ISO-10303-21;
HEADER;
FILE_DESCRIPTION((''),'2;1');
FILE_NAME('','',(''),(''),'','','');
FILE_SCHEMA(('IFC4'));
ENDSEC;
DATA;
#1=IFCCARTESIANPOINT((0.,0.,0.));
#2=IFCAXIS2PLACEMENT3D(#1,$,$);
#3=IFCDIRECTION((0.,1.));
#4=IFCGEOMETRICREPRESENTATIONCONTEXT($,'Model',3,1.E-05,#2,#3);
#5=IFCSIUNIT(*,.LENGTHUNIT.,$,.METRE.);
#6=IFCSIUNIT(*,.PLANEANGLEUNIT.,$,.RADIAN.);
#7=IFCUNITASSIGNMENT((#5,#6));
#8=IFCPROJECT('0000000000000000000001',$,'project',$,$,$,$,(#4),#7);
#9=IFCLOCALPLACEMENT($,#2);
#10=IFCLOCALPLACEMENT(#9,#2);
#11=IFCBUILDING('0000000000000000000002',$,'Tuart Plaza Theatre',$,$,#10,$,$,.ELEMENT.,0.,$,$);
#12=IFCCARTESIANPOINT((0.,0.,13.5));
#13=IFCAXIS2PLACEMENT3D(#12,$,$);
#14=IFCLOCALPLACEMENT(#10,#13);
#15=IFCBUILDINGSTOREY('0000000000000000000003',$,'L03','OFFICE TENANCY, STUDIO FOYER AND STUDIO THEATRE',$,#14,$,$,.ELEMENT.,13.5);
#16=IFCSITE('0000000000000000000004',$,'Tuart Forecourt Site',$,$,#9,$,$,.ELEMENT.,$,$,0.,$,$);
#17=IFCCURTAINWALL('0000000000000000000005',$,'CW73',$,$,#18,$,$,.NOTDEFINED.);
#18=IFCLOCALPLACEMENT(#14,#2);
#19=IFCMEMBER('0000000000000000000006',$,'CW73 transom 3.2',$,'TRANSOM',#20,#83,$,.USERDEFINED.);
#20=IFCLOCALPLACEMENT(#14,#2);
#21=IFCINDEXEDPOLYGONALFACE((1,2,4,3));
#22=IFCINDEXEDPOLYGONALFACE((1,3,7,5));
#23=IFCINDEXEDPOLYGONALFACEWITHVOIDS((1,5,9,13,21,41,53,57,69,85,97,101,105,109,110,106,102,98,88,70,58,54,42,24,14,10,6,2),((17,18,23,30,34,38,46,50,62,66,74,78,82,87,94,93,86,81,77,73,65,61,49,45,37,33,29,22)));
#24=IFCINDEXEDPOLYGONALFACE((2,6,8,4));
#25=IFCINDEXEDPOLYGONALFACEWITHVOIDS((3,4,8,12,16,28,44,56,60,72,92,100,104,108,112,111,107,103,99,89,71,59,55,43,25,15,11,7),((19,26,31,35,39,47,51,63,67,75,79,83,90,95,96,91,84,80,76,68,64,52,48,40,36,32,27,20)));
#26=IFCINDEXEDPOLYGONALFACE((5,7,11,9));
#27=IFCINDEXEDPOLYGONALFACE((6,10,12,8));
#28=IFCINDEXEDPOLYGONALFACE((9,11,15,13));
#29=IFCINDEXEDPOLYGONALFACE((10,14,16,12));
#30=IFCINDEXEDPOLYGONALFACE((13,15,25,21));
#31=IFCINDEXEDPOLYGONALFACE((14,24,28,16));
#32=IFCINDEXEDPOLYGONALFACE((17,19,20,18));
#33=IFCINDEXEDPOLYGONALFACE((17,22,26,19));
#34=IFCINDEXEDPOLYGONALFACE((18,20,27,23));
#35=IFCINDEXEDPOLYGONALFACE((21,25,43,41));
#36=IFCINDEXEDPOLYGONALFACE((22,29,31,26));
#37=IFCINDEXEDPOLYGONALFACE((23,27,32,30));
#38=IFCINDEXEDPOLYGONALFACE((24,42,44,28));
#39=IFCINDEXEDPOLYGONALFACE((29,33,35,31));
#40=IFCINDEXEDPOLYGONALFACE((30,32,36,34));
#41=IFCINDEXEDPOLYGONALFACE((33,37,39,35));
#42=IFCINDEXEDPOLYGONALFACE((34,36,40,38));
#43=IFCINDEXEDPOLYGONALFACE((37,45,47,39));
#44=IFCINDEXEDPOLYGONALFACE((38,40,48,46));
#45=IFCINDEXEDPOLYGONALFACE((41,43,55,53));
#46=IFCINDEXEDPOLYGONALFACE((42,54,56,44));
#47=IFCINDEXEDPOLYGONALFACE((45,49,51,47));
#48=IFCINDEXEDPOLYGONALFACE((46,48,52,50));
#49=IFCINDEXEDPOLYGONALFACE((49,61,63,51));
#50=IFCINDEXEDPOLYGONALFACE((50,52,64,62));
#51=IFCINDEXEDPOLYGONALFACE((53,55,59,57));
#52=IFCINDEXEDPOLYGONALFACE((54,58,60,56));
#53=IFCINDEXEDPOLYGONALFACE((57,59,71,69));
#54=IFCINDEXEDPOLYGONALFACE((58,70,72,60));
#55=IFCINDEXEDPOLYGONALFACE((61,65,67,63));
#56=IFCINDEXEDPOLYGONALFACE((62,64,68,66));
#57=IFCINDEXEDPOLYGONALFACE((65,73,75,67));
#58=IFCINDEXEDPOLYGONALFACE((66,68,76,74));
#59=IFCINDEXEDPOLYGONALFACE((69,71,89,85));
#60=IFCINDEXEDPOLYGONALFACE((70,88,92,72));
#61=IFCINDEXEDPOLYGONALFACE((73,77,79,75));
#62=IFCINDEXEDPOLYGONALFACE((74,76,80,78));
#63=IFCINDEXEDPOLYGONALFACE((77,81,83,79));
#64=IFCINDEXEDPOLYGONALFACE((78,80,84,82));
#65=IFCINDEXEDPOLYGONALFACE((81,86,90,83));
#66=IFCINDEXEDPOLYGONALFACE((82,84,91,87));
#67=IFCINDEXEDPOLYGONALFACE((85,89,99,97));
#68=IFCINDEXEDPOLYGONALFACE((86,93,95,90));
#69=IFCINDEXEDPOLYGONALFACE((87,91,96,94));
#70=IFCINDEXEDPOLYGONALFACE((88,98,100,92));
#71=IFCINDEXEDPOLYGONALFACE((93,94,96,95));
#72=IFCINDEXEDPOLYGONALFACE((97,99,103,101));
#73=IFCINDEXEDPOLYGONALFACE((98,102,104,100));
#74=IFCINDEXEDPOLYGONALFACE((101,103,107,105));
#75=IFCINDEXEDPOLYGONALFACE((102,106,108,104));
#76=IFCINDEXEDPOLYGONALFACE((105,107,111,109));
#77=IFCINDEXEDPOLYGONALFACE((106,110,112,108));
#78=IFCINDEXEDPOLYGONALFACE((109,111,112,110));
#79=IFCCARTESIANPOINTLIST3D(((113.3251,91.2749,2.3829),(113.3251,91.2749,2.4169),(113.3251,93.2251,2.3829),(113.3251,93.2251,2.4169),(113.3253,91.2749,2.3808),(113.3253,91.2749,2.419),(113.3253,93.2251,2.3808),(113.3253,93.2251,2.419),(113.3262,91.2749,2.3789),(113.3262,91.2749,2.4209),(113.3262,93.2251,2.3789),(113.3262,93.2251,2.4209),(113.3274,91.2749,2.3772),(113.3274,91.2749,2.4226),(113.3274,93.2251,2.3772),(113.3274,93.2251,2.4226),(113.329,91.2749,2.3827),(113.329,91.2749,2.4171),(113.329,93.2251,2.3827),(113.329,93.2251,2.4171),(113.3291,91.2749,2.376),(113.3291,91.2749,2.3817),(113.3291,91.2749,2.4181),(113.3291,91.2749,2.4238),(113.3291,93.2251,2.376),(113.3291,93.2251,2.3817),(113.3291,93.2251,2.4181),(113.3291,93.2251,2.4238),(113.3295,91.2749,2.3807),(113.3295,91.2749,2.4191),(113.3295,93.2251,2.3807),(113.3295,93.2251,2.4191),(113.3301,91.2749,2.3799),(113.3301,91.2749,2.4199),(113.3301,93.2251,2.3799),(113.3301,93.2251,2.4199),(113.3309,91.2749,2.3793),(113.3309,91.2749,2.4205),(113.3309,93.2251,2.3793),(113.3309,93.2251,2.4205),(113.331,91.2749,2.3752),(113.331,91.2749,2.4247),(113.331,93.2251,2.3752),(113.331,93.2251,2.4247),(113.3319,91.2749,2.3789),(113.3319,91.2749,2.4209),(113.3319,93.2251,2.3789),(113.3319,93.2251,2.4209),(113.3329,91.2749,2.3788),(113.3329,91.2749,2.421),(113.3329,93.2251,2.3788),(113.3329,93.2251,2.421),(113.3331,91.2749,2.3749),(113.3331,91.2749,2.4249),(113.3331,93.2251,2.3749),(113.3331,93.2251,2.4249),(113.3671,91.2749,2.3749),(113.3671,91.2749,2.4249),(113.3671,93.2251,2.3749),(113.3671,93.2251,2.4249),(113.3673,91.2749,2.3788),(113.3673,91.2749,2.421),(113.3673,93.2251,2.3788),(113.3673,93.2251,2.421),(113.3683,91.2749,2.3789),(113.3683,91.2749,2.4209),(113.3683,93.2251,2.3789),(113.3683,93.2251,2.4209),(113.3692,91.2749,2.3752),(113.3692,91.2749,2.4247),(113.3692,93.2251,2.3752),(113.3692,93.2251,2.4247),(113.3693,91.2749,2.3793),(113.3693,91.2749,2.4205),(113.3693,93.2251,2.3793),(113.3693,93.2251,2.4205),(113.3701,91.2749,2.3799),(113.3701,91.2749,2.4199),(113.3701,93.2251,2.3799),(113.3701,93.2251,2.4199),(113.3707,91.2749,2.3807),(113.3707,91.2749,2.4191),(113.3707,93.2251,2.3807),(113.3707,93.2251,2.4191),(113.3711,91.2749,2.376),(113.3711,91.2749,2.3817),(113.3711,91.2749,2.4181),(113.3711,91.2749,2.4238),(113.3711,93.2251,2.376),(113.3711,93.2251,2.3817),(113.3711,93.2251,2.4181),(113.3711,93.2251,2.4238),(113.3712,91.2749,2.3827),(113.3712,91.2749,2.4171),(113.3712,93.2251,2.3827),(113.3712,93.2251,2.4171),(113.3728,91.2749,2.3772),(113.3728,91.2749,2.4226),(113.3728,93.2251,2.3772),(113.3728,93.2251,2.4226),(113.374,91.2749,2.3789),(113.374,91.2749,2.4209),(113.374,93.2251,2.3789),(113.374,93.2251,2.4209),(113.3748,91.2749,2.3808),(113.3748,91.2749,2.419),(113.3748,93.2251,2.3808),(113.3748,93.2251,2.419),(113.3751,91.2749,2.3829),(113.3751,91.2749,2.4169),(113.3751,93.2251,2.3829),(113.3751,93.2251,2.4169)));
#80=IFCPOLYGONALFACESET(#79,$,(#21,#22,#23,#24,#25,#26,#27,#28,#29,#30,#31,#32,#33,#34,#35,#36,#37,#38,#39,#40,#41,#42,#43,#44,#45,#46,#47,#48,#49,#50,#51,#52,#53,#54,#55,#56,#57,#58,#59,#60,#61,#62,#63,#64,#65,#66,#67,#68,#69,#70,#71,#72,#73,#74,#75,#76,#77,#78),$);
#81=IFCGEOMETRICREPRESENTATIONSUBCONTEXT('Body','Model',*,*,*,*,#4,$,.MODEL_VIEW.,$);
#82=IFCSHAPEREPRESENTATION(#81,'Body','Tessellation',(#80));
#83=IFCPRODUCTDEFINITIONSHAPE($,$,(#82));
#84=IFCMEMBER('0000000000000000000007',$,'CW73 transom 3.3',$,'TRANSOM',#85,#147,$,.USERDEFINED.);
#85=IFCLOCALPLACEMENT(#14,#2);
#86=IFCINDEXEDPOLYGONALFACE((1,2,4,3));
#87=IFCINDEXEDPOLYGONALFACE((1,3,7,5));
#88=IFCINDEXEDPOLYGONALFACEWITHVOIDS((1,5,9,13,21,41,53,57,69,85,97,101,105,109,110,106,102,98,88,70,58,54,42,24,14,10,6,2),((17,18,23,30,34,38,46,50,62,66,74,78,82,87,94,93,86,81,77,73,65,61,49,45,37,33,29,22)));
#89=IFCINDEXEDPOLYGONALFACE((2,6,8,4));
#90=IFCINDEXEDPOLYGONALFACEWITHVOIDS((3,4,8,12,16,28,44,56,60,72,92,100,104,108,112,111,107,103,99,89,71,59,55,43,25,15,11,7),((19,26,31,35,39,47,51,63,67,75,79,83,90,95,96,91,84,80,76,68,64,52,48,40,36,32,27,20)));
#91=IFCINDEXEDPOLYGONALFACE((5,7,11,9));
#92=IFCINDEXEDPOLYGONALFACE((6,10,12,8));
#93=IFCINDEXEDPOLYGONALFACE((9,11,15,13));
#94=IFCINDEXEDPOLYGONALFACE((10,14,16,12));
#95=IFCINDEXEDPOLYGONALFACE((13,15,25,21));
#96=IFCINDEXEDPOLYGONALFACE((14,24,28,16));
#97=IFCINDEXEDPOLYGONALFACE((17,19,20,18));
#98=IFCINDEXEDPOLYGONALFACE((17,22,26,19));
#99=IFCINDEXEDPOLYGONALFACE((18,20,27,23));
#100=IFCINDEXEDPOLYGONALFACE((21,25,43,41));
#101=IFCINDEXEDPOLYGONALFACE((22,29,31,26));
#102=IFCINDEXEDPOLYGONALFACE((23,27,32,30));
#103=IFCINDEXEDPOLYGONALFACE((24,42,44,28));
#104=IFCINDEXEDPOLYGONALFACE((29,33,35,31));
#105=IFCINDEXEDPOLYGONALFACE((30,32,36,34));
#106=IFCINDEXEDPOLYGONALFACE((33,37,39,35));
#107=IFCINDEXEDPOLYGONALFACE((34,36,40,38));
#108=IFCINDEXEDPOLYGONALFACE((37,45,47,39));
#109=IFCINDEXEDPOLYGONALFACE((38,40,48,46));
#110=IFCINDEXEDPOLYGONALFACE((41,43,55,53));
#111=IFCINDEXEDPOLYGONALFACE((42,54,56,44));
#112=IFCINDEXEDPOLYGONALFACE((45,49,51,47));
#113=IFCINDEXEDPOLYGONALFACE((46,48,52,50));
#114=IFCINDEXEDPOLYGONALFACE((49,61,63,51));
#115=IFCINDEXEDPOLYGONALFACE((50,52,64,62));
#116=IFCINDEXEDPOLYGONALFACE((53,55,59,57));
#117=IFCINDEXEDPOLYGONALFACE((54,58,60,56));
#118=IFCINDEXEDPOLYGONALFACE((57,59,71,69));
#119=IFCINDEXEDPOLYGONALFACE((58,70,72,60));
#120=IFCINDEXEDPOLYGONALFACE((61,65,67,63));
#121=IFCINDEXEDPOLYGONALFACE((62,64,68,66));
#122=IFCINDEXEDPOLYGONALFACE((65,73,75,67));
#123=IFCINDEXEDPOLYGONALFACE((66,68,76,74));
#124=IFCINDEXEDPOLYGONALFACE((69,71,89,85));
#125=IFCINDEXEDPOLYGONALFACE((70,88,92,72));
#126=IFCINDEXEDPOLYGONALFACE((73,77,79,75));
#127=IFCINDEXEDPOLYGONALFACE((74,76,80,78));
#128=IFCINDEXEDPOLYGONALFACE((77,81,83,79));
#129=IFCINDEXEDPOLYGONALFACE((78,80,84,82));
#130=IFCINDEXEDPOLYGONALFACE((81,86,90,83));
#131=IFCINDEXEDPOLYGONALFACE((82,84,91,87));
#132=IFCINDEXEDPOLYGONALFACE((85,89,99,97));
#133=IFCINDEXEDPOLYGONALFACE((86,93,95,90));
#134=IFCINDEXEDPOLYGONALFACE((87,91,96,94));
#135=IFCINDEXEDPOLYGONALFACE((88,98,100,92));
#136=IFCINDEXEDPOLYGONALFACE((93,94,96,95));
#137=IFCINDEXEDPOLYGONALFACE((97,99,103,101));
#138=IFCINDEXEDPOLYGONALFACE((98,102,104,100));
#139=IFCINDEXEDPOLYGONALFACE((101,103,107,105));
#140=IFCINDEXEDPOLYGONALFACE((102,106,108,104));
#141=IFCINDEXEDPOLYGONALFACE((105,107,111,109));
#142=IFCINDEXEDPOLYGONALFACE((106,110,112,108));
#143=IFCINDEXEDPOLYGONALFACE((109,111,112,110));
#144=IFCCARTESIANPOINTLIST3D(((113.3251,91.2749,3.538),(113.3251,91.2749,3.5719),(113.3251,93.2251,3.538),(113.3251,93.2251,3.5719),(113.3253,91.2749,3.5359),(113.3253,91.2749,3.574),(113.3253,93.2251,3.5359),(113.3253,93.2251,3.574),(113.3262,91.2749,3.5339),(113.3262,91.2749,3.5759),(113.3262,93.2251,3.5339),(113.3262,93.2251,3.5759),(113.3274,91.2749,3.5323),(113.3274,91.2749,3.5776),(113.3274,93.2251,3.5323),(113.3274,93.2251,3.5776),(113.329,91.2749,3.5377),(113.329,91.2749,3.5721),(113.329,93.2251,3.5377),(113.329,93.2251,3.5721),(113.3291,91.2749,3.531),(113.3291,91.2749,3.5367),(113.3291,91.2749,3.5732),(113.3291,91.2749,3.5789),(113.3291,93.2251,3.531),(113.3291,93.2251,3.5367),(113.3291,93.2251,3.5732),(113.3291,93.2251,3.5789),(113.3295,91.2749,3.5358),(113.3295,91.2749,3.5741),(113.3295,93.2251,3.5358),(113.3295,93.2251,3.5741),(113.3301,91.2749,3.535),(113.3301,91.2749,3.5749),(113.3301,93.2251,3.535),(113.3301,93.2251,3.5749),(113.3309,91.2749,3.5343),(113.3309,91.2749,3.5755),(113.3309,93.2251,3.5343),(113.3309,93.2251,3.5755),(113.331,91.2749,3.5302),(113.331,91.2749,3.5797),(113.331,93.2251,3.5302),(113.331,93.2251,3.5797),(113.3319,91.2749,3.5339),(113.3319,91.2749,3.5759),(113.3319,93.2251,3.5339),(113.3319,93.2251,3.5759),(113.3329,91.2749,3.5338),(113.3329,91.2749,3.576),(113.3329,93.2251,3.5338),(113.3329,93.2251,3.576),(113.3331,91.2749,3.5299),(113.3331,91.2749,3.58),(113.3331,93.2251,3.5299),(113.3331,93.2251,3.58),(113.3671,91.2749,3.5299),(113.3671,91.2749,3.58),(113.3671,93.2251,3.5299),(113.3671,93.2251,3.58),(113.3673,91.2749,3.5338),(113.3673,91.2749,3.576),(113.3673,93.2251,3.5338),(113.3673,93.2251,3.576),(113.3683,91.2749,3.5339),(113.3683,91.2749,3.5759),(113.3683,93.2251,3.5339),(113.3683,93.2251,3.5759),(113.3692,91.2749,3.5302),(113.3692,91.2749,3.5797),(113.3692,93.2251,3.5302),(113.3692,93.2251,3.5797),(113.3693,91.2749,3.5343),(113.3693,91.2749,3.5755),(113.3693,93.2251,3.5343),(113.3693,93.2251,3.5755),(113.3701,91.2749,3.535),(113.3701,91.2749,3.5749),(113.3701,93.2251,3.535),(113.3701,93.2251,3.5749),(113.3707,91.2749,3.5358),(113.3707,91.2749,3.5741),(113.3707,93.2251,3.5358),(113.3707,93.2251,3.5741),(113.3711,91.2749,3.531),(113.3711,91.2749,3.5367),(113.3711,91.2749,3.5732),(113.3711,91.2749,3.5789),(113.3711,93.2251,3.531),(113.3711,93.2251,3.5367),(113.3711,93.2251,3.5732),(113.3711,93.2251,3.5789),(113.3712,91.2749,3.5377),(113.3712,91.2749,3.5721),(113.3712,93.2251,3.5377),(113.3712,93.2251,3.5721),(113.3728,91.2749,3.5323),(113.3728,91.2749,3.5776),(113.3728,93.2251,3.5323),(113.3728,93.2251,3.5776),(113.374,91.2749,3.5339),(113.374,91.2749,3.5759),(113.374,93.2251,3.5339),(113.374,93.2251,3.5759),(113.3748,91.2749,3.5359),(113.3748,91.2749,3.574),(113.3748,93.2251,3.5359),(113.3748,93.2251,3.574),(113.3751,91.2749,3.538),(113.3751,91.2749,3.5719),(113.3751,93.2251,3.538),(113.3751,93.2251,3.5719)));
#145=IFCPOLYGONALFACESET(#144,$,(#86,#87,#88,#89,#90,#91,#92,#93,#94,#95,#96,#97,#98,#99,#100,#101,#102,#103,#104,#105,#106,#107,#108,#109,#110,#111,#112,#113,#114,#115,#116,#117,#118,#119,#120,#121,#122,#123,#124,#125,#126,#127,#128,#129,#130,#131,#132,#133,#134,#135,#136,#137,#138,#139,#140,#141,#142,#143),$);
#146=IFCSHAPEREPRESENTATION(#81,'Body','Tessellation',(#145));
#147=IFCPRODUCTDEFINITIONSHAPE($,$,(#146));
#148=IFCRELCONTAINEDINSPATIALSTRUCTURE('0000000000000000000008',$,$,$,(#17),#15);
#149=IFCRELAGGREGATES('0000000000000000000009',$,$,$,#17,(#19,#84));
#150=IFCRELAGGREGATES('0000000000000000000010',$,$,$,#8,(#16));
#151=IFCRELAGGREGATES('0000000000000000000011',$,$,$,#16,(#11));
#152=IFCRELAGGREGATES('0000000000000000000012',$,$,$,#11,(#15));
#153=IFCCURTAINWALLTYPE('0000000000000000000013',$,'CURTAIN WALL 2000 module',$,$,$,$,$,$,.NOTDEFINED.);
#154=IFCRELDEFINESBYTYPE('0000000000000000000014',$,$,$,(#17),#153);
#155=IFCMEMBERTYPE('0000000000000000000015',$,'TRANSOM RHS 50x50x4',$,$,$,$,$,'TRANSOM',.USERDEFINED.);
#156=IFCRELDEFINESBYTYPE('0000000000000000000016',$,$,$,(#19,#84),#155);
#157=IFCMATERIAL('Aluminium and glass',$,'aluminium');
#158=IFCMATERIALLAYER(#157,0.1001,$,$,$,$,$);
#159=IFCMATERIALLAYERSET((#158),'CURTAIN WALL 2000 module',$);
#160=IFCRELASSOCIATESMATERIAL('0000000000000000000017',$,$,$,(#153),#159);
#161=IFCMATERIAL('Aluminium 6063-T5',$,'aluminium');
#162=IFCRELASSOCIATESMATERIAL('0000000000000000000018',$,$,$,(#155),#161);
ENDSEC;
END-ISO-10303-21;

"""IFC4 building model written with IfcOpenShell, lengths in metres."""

from ifc_helpers import new_model, si_unit, direction, frame, origin, origin_2d, place, context, subcontext, project, spatial, hollow_rectangle, extrude, material, layer, layer_set, material_profile, profile_set, type_object, element, aggregate, save


model = new_model("IFC4")

# Units and contexts
model_context = context("Model", 3, precision=1e-05, world=origin(), true_north=direction((0.0, 1.0)))
body_context = subcontext(model_context, "Body", "Model", "MODEL_VIEW")
ifc_project = project(units=[si_unit("LENGTHUNIT", "METRE"), si_unit("PLANEANGLEUNIT", "RADIAN")], contexts=[model_context])

# Site, building, storey
site_placement = place(None, origin())
site = spatial("IfcSite", under=ifc_project, at=site_placement, Name="Tuart Forecourt Site", CompositionType="ELEMENT", RefElevation=0.0)
building_placement = place(site_placement, origin())
building = spatial("IfcBuilding", under=site, at=building_placement, Name="Tuart Plaza Theatre", CompositionType="ELEMENT", ElevationOfRefHeight=0.0)
storey_placement = place(building_placement, frame((0.0, 0.0, 13.5)))
storey = spatial("IfcBuildingStorey", under=building, at=storey_placement, Name="L03", Description="OFFICE TENANCY, STUDIO FOYER AND STUDIO THEATRE", CompositionType="ELEMENT", Elevation=13.5)

# Curtain wall, members
ifc_material_1 = material(Name="Aluminium and glass", Category="aluminium")
ifc_layer_1 = layer(ifc_material_1, 0.1001)
ifc_layer_set_1 = layer_set([ifc_layer_1], Name="CURTAIN WALL 2000 module")
curtain_wall_type = type_object("IfcCurtainWallType", Name="CURTAIN WALL 2000 module", PredefinedType="NOTDEFINED", material=ifc_layer_set_1)
curtain_wall_placement = place(storey_placement, origin())
curtain_wall = element("IfcCurtainWall", 1, at=curtain_wall_placement, inside=storey, type_object=curtain_wall_type, Name="CW73", PredefinedType="NOTDEFINED")
ifc_material_2 = material(Name="Aluminium 6063-T5", Category="aluminium")
ifc_material_profile_1 = material_profile(ifc_material_2, hollow_rectangle(XDim=0.05, YDim=0.05, WallThickness=0.0039, InnerFilletRadius=0.0039, OuterFilletRadius=0.0081, at=origin_2d()), Name="RHS 50x50x4")
ifc_profile_set_1 = profile_set([ifc_material_profile_1], Name="Aluminium 6063-T5")
member_type = type_object("IfcMemberType", Name="TRANSOM RHS 50x50x4", ElementType="TRANSOM", PredefinedType="USERDEFINED", material=ifc_profile_set_1)
member_1_placement = place(storey_placement, frame((113.3501, 93.2251, 2.3999), z_axis=(0.0, -1.0, 0.0), x_axis=(1.0, 0.0, 0.0)))
member_1 = element("IfcMember", 2, at=member_1_placement, type_object=member_type, Name="CW73 transom 3.2", ObjectType="TRANSOM", PredefinedType="USERDEFINED", context=body_context, shape_type="SweptSolid", body=[
    extrude(hollow_rectangle(XDim=0.05, YDim=0.05, WallThickness=0.0039, InnerFilletRadius=0.0039, OuterFilletRadius=0.0081, at=origin_2d()), origin(), (0.0, 0.0, 1.0), 1.9502),
])
member_2_placement = place(storey_placement, frame((113.3501, 93.2251, 3.5549), z_axis=(0.0, -1.0, 0.0), x_axis=(1.0, 0.0, 0.0)))
member_2 = element("IfcMember", 3, at=member_2_placement, type_object=member_type, Name="CW73 transom 3.3", ObjectType="TRANSOM", PredefinedType="USERDEFINED", context=body_context, shape_type="SweptSolid", body=[
    extrude(hollow_rectangle(XDim=0.05, YDim=0.05, WallThickness=0.0039, InnerFilletRadius=0.0039, OuterFilletRadius=0.0081, at=origin_2d()), origin(), (0.0, 0.0, 1.0), 1.9502),
])
aggregate(curtain_wall, [member_1, member_2])

save(model, "model.ifc")
